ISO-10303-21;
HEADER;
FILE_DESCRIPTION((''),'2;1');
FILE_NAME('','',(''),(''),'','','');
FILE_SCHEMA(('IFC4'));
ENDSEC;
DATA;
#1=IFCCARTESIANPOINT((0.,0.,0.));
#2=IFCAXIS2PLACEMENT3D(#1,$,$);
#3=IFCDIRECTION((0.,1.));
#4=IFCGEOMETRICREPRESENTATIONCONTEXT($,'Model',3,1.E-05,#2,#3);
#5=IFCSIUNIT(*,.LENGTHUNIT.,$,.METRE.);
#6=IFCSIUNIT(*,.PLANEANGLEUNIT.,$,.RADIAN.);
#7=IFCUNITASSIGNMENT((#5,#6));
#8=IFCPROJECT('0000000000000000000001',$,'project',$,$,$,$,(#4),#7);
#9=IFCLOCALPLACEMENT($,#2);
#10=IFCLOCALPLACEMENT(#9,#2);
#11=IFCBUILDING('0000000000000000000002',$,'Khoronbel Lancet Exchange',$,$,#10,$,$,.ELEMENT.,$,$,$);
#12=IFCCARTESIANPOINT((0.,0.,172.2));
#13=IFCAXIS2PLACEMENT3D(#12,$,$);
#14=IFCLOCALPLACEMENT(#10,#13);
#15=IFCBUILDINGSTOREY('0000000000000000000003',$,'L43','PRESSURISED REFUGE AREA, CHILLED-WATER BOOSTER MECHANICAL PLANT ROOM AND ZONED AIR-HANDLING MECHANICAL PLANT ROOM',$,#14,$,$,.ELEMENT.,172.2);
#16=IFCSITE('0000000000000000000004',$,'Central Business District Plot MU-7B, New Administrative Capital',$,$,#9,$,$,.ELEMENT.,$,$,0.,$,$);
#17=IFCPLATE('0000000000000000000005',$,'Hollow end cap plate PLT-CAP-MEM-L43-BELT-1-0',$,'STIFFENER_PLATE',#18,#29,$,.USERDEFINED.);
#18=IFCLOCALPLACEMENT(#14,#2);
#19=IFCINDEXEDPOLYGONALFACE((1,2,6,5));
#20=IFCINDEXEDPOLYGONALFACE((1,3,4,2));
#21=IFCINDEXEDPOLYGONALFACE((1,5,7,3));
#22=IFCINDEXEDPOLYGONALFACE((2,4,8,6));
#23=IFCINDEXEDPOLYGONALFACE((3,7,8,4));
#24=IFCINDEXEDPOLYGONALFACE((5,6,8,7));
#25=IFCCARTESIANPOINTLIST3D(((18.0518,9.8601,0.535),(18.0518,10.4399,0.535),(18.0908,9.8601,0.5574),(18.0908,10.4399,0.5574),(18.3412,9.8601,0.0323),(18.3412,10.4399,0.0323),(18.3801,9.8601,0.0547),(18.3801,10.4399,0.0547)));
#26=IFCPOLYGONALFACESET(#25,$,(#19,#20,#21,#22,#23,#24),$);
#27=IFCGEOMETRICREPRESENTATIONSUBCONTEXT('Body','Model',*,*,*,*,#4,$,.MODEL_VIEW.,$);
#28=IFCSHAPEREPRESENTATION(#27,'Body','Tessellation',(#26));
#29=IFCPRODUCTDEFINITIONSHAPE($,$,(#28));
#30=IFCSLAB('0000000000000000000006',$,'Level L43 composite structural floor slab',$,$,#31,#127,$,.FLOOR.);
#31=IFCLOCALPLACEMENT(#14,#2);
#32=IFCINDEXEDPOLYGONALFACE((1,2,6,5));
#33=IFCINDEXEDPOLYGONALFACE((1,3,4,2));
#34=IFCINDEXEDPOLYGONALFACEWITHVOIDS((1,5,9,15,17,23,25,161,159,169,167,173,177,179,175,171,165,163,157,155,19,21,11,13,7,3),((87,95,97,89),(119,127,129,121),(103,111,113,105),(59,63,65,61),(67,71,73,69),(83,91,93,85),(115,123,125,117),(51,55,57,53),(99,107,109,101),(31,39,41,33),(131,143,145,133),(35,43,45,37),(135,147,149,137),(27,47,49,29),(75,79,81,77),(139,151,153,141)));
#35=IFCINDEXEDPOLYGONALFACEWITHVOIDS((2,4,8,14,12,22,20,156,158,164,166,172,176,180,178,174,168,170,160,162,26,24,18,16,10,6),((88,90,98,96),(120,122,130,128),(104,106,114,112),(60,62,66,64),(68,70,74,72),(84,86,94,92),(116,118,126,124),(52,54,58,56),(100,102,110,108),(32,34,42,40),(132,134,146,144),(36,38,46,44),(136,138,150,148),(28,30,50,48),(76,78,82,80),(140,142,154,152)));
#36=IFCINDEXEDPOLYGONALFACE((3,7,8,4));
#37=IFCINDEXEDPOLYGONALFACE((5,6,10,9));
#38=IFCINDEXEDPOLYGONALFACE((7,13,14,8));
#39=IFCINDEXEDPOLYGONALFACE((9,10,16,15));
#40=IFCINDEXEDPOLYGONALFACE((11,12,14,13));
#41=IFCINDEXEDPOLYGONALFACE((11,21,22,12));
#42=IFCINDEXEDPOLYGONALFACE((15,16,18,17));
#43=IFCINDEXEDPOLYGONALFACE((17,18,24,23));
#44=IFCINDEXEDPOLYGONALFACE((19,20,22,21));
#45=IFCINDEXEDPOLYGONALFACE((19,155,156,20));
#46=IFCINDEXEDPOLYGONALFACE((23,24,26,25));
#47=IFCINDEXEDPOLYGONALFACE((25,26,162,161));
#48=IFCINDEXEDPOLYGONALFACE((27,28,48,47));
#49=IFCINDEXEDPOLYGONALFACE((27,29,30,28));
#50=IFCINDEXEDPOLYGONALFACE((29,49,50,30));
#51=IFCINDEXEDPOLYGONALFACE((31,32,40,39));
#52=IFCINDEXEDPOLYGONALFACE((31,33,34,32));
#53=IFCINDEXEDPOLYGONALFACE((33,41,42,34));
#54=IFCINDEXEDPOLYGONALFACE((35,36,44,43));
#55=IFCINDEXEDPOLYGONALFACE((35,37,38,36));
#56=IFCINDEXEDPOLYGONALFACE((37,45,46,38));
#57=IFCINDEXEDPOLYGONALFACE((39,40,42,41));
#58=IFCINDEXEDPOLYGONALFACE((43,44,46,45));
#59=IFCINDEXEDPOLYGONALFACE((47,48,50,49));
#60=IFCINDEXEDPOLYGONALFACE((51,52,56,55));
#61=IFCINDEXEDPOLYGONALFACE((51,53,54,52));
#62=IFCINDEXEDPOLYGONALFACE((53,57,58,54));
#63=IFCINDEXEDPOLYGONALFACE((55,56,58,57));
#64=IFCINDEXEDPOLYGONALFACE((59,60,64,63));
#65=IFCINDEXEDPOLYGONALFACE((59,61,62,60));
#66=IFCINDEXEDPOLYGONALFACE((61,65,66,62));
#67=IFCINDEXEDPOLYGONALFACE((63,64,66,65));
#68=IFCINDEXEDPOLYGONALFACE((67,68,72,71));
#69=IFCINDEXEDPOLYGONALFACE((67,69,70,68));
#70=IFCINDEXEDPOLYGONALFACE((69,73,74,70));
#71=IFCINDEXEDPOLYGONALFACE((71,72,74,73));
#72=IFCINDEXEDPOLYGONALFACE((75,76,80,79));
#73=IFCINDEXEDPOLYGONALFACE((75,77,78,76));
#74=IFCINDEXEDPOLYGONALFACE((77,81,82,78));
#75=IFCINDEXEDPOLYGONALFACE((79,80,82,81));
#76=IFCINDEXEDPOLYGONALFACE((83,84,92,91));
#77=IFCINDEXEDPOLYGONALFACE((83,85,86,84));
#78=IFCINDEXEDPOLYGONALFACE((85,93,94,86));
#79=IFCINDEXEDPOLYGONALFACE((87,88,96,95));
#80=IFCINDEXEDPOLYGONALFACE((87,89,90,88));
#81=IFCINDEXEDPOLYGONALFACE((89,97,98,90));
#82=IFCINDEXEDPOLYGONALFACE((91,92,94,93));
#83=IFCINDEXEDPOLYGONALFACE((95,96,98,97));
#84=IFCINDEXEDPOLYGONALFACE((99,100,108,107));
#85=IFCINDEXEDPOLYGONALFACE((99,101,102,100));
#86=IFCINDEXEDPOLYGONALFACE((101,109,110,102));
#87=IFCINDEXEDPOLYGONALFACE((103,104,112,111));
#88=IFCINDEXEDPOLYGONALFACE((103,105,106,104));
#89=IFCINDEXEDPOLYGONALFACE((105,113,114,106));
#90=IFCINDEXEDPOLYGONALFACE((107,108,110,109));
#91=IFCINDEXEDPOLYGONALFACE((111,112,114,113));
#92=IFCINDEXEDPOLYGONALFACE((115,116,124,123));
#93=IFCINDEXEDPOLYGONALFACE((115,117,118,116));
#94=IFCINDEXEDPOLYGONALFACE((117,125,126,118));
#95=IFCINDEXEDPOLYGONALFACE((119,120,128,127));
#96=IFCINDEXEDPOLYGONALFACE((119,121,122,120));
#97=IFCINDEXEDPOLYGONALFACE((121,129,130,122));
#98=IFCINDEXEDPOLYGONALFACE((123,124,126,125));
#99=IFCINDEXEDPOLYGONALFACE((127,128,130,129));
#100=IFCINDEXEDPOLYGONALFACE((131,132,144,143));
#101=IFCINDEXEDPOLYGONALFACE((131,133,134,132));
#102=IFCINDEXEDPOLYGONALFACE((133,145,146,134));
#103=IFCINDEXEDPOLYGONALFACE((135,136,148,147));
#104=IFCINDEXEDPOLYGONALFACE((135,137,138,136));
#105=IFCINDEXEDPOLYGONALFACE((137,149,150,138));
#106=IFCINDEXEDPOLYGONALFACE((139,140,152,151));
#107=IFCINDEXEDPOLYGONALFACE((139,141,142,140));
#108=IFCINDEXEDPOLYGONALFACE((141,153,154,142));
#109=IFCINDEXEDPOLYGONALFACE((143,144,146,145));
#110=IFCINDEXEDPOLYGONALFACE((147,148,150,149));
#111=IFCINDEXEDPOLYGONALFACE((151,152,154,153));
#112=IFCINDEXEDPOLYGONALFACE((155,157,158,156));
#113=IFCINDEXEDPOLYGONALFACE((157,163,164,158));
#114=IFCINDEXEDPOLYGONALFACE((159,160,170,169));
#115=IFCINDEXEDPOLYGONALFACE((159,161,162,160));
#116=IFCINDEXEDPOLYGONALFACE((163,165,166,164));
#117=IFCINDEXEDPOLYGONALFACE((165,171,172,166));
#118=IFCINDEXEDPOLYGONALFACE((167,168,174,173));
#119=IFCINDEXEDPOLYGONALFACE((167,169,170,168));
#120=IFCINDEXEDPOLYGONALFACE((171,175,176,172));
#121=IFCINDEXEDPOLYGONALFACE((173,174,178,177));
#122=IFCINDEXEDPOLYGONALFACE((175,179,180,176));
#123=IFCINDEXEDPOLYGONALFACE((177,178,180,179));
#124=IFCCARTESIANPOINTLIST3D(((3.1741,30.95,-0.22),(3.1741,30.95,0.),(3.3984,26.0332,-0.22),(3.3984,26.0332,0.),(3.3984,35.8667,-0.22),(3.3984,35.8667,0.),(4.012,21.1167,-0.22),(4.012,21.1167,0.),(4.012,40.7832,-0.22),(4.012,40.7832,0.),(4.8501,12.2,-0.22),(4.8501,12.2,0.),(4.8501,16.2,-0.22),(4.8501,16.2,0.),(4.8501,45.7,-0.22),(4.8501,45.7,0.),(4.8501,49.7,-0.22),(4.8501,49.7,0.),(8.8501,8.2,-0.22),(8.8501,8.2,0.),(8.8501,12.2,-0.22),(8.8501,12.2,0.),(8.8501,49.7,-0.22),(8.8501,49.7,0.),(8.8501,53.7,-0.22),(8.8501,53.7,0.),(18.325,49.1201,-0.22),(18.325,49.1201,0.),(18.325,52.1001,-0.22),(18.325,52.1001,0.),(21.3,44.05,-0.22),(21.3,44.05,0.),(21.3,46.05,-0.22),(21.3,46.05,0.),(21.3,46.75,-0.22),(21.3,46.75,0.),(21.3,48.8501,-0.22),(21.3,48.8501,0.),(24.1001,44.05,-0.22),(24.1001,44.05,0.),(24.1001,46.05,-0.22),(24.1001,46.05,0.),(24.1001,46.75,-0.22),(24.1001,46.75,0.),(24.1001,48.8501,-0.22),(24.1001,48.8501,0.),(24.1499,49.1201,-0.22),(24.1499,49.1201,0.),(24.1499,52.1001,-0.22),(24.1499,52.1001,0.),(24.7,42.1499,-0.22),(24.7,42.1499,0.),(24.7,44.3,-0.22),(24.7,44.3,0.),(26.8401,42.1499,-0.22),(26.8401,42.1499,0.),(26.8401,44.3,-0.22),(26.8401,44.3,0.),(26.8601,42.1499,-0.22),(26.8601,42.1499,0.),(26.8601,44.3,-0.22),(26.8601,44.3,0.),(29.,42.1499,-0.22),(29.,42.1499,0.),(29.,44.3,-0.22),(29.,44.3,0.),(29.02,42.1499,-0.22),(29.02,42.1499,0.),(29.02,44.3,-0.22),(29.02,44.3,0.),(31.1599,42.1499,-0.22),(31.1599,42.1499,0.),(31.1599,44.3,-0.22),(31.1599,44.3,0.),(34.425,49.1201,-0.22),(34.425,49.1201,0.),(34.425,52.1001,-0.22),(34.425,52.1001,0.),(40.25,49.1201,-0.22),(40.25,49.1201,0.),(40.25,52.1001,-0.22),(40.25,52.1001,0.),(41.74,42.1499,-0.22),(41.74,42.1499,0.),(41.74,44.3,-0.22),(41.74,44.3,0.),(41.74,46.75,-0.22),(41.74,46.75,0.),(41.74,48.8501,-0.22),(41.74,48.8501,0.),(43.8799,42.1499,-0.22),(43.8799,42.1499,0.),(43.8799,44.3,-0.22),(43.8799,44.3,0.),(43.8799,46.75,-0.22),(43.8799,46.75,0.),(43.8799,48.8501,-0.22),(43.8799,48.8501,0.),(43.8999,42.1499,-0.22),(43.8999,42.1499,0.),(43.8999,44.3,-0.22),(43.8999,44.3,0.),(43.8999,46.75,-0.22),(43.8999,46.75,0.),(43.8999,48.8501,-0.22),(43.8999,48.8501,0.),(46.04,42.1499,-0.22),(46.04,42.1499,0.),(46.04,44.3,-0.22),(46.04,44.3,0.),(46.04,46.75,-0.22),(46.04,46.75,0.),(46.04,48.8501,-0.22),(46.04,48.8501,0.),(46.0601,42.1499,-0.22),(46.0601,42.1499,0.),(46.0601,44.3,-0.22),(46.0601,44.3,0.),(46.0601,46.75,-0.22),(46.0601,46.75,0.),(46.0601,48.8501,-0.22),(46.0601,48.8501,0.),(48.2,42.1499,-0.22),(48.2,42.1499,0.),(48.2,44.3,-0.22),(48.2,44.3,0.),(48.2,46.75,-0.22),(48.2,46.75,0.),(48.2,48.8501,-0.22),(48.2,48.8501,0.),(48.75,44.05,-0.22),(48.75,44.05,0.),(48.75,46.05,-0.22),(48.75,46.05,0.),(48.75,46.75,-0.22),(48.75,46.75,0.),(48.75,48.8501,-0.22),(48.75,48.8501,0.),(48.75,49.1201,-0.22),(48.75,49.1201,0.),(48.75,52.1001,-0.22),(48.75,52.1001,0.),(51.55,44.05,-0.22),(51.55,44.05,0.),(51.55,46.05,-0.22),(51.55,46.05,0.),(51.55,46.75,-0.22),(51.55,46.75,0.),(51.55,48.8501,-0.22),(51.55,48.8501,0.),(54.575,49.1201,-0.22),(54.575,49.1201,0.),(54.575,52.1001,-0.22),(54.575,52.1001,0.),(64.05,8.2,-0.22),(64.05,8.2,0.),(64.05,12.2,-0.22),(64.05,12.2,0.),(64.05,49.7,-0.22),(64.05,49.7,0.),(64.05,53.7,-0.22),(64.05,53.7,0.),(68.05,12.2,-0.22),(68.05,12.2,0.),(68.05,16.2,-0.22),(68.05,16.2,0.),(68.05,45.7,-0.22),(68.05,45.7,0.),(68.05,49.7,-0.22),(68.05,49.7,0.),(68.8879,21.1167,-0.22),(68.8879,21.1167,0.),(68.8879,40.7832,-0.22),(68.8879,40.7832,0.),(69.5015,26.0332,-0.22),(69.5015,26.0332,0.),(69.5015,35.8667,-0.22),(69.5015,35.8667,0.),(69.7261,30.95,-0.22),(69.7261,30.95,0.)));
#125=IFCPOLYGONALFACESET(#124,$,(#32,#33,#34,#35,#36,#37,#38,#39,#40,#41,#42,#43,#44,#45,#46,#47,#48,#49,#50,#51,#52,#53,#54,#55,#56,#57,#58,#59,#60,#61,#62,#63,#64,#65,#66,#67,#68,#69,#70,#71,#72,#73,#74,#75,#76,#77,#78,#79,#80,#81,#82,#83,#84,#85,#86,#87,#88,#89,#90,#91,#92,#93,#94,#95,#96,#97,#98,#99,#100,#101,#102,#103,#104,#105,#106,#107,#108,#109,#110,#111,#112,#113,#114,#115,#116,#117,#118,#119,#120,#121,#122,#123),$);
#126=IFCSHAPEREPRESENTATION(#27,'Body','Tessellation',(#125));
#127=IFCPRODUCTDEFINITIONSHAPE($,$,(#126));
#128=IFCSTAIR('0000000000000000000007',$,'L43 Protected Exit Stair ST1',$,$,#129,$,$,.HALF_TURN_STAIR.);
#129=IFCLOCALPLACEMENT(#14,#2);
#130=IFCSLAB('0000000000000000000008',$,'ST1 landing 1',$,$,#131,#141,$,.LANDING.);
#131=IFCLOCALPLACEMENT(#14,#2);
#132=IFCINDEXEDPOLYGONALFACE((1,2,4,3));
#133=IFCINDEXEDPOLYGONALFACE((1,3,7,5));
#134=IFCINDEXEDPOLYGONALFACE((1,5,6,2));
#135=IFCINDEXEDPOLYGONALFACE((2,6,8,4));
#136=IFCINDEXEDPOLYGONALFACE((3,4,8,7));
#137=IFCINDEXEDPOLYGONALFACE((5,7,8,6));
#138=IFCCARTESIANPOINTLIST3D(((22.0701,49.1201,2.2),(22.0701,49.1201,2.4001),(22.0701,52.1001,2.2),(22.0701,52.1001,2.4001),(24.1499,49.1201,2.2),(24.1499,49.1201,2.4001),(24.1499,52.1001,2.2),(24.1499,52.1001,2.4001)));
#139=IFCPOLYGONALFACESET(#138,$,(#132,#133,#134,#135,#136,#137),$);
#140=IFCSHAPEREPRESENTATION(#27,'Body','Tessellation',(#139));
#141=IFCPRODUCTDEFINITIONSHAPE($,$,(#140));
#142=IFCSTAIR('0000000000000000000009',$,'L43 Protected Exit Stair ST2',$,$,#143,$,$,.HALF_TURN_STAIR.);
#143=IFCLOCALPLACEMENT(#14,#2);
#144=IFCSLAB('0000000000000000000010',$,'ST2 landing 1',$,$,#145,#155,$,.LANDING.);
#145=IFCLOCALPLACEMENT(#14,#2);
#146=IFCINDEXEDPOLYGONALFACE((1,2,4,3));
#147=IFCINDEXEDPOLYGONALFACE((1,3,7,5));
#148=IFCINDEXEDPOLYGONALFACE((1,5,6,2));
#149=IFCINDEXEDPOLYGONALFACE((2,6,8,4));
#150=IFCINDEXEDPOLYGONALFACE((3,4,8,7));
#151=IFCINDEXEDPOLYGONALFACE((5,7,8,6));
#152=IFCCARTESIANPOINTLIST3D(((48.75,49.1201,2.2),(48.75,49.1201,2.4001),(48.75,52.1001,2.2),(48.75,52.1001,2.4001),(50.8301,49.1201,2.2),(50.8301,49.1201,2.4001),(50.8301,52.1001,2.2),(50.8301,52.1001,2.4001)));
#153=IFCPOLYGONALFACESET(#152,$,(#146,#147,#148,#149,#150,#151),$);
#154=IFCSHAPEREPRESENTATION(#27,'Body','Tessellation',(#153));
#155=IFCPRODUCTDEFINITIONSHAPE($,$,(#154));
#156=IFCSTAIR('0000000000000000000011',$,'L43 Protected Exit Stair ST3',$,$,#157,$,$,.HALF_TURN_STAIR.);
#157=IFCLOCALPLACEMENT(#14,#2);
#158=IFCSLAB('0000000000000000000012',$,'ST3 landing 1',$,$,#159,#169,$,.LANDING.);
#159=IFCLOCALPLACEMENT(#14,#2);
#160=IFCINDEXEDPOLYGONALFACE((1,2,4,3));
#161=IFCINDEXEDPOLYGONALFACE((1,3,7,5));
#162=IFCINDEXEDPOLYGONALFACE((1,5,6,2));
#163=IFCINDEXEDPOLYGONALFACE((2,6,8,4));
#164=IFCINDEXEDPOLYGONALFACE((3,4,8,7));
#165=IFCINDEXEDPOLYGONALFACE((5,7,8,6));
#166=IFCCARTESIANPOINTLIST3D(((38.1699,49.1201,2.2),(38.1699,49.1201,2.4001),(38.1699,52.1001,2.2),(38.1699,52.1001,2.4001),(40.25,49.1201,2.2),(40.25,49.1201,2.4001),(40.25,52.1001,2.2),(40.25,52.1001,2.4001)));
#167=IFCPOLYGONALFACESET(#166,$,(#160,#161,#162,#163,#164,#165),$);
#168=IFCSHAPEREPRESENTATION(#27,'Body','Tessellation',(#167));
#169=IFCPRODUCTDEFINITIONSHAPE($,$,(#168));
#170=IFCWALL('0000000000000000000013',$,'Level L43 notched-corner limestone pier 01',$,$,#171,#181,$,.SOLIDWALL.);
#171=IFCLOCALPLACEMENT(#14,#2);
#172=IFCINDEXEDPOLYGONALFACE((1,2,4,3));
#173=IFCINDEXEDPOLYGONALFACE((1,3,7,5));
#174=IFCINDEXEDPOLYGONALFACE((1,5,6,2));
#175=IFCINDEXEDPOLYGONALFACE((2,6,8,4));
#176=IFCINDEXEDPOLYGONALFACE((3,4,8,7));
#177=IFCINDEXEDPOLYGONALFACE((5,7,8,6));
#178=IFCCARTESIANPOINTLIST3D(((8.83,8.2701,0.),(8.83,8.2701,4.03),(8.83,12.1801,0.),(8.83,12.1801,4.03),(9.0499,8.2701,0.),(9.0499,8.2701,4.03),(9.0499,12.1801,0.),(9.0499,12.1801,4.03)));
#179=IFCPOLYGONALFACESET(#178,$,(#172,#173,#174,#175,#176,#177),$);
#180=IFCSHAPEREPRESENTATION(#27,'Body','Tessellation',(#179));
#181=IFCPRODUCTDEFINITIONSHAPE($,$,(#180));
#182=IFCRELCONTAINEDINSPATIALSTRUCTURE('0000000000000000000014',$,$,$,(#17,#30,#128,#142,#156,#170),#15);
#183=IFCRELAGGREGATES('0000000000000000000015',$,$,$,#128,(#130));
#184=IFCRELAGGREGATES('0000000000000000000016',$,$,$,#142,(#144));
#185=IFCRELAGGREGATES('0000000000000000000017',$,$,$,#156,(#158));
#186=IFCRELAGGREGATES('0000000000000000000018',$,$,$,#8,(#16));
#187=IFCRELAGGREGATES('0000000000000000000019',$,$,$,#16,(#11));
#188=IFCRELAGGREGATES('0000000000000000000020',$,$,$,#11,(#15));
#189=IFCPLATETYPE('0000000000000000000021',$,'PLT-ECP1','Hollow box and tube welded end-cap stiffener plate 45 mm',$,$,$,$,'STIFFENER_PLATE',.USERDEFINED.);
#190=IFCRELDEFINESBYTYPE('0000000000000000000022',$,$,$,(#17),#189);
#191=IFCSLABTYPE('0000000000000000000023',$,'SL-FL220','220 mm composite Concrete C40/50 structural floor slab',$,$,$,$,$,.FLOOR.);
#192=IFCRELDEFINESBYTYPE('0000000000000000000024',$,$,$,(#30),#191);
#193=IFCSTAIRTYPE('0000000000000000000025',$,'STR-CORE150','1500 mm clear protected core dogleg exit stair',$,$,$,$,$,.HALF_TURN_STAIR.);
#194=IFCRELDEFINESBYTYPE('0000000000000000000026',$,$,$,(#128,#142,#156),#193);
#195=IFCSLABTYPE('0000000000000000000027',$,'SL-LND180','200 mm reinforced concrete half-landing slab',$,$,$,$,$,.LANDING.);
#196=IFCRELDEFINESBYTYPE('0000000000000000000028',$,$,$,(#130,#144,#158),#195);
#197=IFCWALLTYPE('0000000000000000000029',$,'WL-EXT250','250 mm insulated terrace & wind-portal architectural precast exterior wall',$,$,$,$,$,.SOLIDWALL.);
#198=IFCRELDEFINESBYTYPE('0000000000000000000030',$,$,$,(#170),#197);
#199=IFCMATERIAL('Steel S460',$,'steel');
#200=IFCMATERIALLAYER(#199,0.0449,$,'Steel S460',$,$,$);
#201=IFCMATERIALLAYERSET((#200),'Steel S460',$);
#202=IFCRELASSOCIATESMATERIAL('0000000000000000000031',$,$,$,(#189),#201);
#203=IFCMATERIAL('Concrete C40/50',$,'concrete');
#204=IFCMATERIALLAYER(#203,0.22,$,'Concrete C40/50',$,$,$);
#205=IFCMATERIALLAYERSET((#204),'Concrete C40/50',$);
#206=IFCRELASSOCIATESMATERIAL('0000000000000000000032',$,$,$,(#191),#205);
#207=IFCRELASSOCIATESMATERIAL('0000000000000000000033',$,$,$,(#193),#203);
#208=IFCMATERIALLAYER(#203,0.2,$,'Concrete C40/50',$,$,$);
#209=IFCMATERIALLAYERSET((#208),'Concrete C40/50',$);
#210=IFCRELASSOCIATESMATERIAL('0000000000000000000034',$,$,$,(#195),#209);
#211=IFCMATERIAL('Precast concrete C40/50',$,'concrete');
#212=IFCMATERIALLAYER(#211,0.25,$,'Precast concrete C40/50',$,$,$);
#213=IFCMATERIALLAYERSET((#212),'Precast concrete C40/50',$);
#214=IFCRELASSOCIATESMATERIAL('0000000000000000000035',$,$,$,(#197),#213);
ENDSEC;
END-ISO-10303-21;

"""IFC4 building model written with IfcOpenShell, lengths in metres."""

from ifc_helpers import new_model, si_unit, direction, frame, frame_2d, origin, place, context, subcontext, project, spatial, polyline, rectangle, outline, extrude, material, layer, layer_set, type_object, element, aggregate, save


model = new_model("IFC4")

# Units and contexts
model_context = context("Model", 3, precision=1e-05, world=origin(), true_north=direction((0.0, 1.0)))
body_context = subcontext(model_context, "Body", "Model", "MODEL_VIEW")
ifc_project = project(units=[si_unit("LENGTHUNIT", "METRE"), si_unit("PLANEANGLEUNIT", "RADIAN")], contexts=[model_context])

# Site, building, storey
site_placement = place(None, origin())
site = spatial("IfcSite", under=ifc_project, at=site_placement, Name="Central Business District Plot MU-7B, New Administrative Capital", CompositionType="ELEMENT", RefElevation=0.0)
building_placement = place(site_placement, origin())
building = spatial("IfcBuilding", under=site, at=building_placement, Name="Khoronbel Lancet Exchange", CompositionType="ELEMENT")
storey_placement = place(building_placement, frame((0.0, 0.0, 172.2)))
storey = spatial("IfcBuildingStorey", under=building, at=storey_placement, Name="L43", Description="PRESSURISED REFUGE AREA, CHILLED-WATER BOOSTER MECHANICAL PLANT ROOM AND ZONED AIR-HANDLING MECHANICAL PLANT ROOM", CompositionType="ELEMENT", Elevation=172.2)

# Shared definitions
ifc_material_1 = material(Name="Steel S460", Category="steel")

# Plate
ifc_layer_1 = layer(ifc_material_1, 0.0449, Name="Steel S460")
ifc_layer_set_1 = layer_set([ifc_layer_1], Name="Steel S460")
plate_type_1 = type_object("IfcPlateType", Name="PLT-ECP1", Description="Hollow box and tube welded end-cap stiffener plate 45 mm", ElementType="STIFFENER_PLATE", PredefinedType="USERDEFINED", material=ifc_layer_set_1)
plate_1_placement = place(storey_placement, frame((18.3801, 9.8601, 0.0547), z_axis=(0.866711, 0.0, 0.498811), x_axis=(0.0, 1.0, 0.0)))
element("IfcPlate", 1, at=plate_1_placement, inside=storey, type_object=plate_type_1, Name="Hollow end cap plate PLT-CAP-MEM-L43-BELT-1-0", ObjectType="STIFFENER_PLATE", PredefinedType="USERDEFINED", context=body_context, shape_type="SweptSolid", body=[
    extrude(outline(polyline([(0.0, 0.0), (0.5798, 0.0), (0.5798, 0.5801), (0.0, 0.5801), (0.0, 0.0)])), origin(), (0.0, 0.0, -1.0), 0.0449),
])

# Slab
ifc_material_2 = material(Name="Concrete C40/50", Category="concrete")
ifc_layer_2 = layer(ifc_material_2, 0.22, Name="Concrete C40/50")
ifc_layer_set_2 = layer_set([ifc_layer_2], Name="Concrete C40/50")
slab_type_1 = type_object("IfcSlabType", Name="SL-FL220", Description="220 mm composite Concrete C40/50 structural floor slab", PredefinedType="FLOOR", material=ifc_layer_set_2)
slab_1_placement = place(storey_placement, frame((0.0, 0.0, -0.22)))
element("IfcSlab", 2, at=slab_1_placement, inside=storey, type_object=slab_type_1, Name="Level L43 composite structural floor slab", PredefinedType="FLOOR", context=body_context, shape_type="SweptSolid", body=[
    extrude(outline(polyline([(8.8501, 8.2), (64.05, 8.2), (64.05, 12.2), (68.05, 12.2), (68.05, 16.2), (68.8879, 21.1167), (69.5015, 26.0332), (69.7261, 30.95), (69.5015, 35.8667), (68.8879, 40.7832), (68.05, 45.7), (68.05, 49.7), (64.05, 49.7), (64.05, 53.7), (8.8501, 53.7), (8.8501, 49.7), (4.8501, 49.7), (4.8501, 45.7), (4.012, 40.7832), (3.3984, 35.8667), (3.1741, 30.95), (3.3984, 26.0332), (4.012, 21.1167), (4.8501, 16.2), (4.8501, 12.2), (8.8501, 12.2), (8.8501, 8.2)]), holes=[polyline([(18.325, 49.1201), (24.1499, 49.1201), (24.1499, 52.1001), (18.325, 52.1001), (18.325, 49.1201)]), polyline([(48.75, 49.1201), (54.575, 49.1201), (54.575, 52.1001), (48.75, 52.1001), (48.75, 49.1201)]), polyline([(34.425, 49.1201), (40.25, 49.1201), (40.25, 52.1001), (34.425, 52.1001), (34.425, 49.1201)]), polyline([(24.7, 42.1499), (26.8401, 42.1499), (26.8401, 44.3), (24.7, 44.3), (24.7, 42.1499)]), polyline([(26.8601, 42.1499), (29.0, 42.1499), (29.0, 44.3), (26.8601, 44.3), (26.8601, 42.1499)]), polyline([(29.02, 42.1499), (31.1599, 42.1499), (31.1599, 44.3), (29.02, 44.3), (29.02, 42.1499)]), polyline([(41.74, 46.75), (43.8799, 46.75), (43.8799, 48.8501), (41.74, 48.8501), (41.74, 46.75)]), polyline([(43.8999, 46.75), (46.04, 46.75), (46.04, 48.8501), (43.8999, 48.8501), (43.8999, 46.75)]), polyline([(46.0601, 46.75), (48.2, 46.75), (48.2, 48.8501), (46.0601, 48.8501), (46.0601, 46.75)]), polyline([(41.74, 42.1499), (43.8799, 42.1499), (43.8799, 44.3), (41.74, 44.3), (41.74, 42.1499)]), polyline([(43.8999, 42.1499), (46.04, 42.1499), (46.04, 44.3), (43.8999, 44.3), (43.8999, 42.1499)]), polyline([(46.0601, 42.1499), (48.2, 42.1499), (48.2, 44.3), (46.0601, 44.3), (46.0601, 42.1499)]), polyline([(21.3, 46.75), (24.1001, 46.75), (24.1001, 48.8501), (21.3, 48.8501), (21.3, 46.75)]), polyline([(48.75, 46.75), (51.55, 46.75), (51.55, 48.8501), (48.75, 48.8501), (48.75, 46.75)]), polyline([(21.3, 44.05), (24.1001, 44.05), (24.1001, 46.05), (21.3, 46.05), (21.3, 44.05)]), polyline([(48.75, 44.05), (51.55, 44.05), (51.55, 46.05), (48.75, 46.05), (48.75, 44.05)])]), origin(), (0.0, 0.0, 1.0), 0.22),
])

# Stairs, slabs
stair_type = type_object("IfcStairType", Name="STR-CORE150", Description="1500 mm clear protected core dogleg exit stair", PredefinedType="HALF_TURN_STAIR", material=ifc_material_2)
stair_1_placement = place(storey_placement, origin())
stair_1 = element("IfcStair", 3, at=stair_1_placement, inside=storey, type_object=stair_type, Name="L43 Protected Exit Stair ST1", PredefinedType="HALF_TURN_STAIR")
ifc_layer_3 = layer(ifc_material_2, 0.2, Name="Concrete C40/50")
ifc_layer_set_3 = layer_set([ifc_layer_3], Name="Concrete C40/50")
slab_type_2 = type_object("IfcSlabType", Name="SL-LND180", Description="200 mm reinforced concrete half-landing slab", PredefinedType="LANDING", material=ifc_layer_set_3)
slab_2_placement = place(storey_placement, frame((0.0, 0.0, 2.2)))
slab_2 = element("IfcSlab", 4, at=slab_2_placement, type_object=slab_type_2, Name="ST1 landing 1", PredefinedType="LANDING", context=body_context, shape_type="SweptSolid", body=[
    extrude(outline(polyline([(22.0701, 49.1201), (24.1499, 49.1201), (24.1499, 52.1001), (22.0701, 52.1001), (22.0701, 49.1201)])), origin(), (0.0, 0.0, 1.0), 0.2002),
])
aggregate(stair_1, [slab_2])
stair_2_placement = place(storey_placement, origin())
stair_2 = element("IfcStair", 5, at=stair_2_placement, inside=storey, type_object=stair_type, Name="L43 Protected Exit Stair ST2", PredefinedType="HALF_TURN_STAIR")
slab_3_placement = place(storey_placement, frame((0.0, 0.0, 2.2)))
slab_3 = element("IfcSlab", 6, at=slab_3_placement, type_object=slab_type_2, Name="ST2 landing 1", PredefinedType="LANDING", context=body_context, shape_type="SweptSolid", body=[
    extrude(outline(polyline([(50.8301, 52.1001), (48.75, 52.1001), (48.75, 49.1201), (50.8301, 49.1201), (50.8301, 52.1001)])), origin(), (0.0, 0.0, 1.0), 0.2002),
])
aggregate(stair_2, [slab_3])
stair_3_placement = place(storey_placement, origin())
stair_3 = element("IfcStair", 7, at=stair_3_placement, inside=storey, type_object=stair_type, Name="L43 Protected Exit Stair ST3", PredefinedType="HALF_TURN_STAIR")
slab_4_placement = place(storey_placement, frame((0.0, 0.0, 2.2)))
slab_4 = element("IfcSlab", 8, at=slab_4_placement, type_object=slab_type_2, Name="ST3 landing 1", PredefinedType="LANDING", context=body_context, shape_type="SweptSolid", body=[
    extrude(outline(polyline([(38.1699, 49.1201), (40.25, 49.1201), (40.25, 52.1001), (38.1699, 52.1001), (38.1699, 49.1201)])), origin(), (0.0, 0.0, 1.0), 0.2002),
])
aggregate(stair_3, [slab_4])

# Wall
ifc_material_3 = material(Name="Precast concrete C40/50", Category="concrete")
ifc_layer_4 = layer(ifc_material_3, 0.25, Name="Precast concrete C40/50")
ifc_layer_set_4 = layer_set([ifc_layer_4], Name="Precast concrete C40/50")
wall_type_1 = type_object("IfcWallType", Name="WL-EXT250", Description="250 mm insulated terrace & wind-portal architectural precast exterior wall", PredefinedType="SOLIDWALL", material=ifc_layer_set_4)
wall_1_placement = place(storey_placement, frame((8.9399, 8.27, 0.0), z_axis=(0.0, 0.0, 1.0), x_axis=(0.0, 1.0, 0.0)))
element("IfcWall", 9, at=wall_1_placement, inside=storey, type_object=wall_type_1, Name="Level L43 notched-corner limestone pier 01", PredefinedType="SOLIDWALL", context=body_context, shape_type="SweptSolid", body=[
    extrude(rectangle(XDim=3.9099, YDim=0.22, at=frame_2d((1.9551, 0.0))), origin(), (0.0, 0.0, 1.0), 4.03),
])

save(model, "model.ifc")
